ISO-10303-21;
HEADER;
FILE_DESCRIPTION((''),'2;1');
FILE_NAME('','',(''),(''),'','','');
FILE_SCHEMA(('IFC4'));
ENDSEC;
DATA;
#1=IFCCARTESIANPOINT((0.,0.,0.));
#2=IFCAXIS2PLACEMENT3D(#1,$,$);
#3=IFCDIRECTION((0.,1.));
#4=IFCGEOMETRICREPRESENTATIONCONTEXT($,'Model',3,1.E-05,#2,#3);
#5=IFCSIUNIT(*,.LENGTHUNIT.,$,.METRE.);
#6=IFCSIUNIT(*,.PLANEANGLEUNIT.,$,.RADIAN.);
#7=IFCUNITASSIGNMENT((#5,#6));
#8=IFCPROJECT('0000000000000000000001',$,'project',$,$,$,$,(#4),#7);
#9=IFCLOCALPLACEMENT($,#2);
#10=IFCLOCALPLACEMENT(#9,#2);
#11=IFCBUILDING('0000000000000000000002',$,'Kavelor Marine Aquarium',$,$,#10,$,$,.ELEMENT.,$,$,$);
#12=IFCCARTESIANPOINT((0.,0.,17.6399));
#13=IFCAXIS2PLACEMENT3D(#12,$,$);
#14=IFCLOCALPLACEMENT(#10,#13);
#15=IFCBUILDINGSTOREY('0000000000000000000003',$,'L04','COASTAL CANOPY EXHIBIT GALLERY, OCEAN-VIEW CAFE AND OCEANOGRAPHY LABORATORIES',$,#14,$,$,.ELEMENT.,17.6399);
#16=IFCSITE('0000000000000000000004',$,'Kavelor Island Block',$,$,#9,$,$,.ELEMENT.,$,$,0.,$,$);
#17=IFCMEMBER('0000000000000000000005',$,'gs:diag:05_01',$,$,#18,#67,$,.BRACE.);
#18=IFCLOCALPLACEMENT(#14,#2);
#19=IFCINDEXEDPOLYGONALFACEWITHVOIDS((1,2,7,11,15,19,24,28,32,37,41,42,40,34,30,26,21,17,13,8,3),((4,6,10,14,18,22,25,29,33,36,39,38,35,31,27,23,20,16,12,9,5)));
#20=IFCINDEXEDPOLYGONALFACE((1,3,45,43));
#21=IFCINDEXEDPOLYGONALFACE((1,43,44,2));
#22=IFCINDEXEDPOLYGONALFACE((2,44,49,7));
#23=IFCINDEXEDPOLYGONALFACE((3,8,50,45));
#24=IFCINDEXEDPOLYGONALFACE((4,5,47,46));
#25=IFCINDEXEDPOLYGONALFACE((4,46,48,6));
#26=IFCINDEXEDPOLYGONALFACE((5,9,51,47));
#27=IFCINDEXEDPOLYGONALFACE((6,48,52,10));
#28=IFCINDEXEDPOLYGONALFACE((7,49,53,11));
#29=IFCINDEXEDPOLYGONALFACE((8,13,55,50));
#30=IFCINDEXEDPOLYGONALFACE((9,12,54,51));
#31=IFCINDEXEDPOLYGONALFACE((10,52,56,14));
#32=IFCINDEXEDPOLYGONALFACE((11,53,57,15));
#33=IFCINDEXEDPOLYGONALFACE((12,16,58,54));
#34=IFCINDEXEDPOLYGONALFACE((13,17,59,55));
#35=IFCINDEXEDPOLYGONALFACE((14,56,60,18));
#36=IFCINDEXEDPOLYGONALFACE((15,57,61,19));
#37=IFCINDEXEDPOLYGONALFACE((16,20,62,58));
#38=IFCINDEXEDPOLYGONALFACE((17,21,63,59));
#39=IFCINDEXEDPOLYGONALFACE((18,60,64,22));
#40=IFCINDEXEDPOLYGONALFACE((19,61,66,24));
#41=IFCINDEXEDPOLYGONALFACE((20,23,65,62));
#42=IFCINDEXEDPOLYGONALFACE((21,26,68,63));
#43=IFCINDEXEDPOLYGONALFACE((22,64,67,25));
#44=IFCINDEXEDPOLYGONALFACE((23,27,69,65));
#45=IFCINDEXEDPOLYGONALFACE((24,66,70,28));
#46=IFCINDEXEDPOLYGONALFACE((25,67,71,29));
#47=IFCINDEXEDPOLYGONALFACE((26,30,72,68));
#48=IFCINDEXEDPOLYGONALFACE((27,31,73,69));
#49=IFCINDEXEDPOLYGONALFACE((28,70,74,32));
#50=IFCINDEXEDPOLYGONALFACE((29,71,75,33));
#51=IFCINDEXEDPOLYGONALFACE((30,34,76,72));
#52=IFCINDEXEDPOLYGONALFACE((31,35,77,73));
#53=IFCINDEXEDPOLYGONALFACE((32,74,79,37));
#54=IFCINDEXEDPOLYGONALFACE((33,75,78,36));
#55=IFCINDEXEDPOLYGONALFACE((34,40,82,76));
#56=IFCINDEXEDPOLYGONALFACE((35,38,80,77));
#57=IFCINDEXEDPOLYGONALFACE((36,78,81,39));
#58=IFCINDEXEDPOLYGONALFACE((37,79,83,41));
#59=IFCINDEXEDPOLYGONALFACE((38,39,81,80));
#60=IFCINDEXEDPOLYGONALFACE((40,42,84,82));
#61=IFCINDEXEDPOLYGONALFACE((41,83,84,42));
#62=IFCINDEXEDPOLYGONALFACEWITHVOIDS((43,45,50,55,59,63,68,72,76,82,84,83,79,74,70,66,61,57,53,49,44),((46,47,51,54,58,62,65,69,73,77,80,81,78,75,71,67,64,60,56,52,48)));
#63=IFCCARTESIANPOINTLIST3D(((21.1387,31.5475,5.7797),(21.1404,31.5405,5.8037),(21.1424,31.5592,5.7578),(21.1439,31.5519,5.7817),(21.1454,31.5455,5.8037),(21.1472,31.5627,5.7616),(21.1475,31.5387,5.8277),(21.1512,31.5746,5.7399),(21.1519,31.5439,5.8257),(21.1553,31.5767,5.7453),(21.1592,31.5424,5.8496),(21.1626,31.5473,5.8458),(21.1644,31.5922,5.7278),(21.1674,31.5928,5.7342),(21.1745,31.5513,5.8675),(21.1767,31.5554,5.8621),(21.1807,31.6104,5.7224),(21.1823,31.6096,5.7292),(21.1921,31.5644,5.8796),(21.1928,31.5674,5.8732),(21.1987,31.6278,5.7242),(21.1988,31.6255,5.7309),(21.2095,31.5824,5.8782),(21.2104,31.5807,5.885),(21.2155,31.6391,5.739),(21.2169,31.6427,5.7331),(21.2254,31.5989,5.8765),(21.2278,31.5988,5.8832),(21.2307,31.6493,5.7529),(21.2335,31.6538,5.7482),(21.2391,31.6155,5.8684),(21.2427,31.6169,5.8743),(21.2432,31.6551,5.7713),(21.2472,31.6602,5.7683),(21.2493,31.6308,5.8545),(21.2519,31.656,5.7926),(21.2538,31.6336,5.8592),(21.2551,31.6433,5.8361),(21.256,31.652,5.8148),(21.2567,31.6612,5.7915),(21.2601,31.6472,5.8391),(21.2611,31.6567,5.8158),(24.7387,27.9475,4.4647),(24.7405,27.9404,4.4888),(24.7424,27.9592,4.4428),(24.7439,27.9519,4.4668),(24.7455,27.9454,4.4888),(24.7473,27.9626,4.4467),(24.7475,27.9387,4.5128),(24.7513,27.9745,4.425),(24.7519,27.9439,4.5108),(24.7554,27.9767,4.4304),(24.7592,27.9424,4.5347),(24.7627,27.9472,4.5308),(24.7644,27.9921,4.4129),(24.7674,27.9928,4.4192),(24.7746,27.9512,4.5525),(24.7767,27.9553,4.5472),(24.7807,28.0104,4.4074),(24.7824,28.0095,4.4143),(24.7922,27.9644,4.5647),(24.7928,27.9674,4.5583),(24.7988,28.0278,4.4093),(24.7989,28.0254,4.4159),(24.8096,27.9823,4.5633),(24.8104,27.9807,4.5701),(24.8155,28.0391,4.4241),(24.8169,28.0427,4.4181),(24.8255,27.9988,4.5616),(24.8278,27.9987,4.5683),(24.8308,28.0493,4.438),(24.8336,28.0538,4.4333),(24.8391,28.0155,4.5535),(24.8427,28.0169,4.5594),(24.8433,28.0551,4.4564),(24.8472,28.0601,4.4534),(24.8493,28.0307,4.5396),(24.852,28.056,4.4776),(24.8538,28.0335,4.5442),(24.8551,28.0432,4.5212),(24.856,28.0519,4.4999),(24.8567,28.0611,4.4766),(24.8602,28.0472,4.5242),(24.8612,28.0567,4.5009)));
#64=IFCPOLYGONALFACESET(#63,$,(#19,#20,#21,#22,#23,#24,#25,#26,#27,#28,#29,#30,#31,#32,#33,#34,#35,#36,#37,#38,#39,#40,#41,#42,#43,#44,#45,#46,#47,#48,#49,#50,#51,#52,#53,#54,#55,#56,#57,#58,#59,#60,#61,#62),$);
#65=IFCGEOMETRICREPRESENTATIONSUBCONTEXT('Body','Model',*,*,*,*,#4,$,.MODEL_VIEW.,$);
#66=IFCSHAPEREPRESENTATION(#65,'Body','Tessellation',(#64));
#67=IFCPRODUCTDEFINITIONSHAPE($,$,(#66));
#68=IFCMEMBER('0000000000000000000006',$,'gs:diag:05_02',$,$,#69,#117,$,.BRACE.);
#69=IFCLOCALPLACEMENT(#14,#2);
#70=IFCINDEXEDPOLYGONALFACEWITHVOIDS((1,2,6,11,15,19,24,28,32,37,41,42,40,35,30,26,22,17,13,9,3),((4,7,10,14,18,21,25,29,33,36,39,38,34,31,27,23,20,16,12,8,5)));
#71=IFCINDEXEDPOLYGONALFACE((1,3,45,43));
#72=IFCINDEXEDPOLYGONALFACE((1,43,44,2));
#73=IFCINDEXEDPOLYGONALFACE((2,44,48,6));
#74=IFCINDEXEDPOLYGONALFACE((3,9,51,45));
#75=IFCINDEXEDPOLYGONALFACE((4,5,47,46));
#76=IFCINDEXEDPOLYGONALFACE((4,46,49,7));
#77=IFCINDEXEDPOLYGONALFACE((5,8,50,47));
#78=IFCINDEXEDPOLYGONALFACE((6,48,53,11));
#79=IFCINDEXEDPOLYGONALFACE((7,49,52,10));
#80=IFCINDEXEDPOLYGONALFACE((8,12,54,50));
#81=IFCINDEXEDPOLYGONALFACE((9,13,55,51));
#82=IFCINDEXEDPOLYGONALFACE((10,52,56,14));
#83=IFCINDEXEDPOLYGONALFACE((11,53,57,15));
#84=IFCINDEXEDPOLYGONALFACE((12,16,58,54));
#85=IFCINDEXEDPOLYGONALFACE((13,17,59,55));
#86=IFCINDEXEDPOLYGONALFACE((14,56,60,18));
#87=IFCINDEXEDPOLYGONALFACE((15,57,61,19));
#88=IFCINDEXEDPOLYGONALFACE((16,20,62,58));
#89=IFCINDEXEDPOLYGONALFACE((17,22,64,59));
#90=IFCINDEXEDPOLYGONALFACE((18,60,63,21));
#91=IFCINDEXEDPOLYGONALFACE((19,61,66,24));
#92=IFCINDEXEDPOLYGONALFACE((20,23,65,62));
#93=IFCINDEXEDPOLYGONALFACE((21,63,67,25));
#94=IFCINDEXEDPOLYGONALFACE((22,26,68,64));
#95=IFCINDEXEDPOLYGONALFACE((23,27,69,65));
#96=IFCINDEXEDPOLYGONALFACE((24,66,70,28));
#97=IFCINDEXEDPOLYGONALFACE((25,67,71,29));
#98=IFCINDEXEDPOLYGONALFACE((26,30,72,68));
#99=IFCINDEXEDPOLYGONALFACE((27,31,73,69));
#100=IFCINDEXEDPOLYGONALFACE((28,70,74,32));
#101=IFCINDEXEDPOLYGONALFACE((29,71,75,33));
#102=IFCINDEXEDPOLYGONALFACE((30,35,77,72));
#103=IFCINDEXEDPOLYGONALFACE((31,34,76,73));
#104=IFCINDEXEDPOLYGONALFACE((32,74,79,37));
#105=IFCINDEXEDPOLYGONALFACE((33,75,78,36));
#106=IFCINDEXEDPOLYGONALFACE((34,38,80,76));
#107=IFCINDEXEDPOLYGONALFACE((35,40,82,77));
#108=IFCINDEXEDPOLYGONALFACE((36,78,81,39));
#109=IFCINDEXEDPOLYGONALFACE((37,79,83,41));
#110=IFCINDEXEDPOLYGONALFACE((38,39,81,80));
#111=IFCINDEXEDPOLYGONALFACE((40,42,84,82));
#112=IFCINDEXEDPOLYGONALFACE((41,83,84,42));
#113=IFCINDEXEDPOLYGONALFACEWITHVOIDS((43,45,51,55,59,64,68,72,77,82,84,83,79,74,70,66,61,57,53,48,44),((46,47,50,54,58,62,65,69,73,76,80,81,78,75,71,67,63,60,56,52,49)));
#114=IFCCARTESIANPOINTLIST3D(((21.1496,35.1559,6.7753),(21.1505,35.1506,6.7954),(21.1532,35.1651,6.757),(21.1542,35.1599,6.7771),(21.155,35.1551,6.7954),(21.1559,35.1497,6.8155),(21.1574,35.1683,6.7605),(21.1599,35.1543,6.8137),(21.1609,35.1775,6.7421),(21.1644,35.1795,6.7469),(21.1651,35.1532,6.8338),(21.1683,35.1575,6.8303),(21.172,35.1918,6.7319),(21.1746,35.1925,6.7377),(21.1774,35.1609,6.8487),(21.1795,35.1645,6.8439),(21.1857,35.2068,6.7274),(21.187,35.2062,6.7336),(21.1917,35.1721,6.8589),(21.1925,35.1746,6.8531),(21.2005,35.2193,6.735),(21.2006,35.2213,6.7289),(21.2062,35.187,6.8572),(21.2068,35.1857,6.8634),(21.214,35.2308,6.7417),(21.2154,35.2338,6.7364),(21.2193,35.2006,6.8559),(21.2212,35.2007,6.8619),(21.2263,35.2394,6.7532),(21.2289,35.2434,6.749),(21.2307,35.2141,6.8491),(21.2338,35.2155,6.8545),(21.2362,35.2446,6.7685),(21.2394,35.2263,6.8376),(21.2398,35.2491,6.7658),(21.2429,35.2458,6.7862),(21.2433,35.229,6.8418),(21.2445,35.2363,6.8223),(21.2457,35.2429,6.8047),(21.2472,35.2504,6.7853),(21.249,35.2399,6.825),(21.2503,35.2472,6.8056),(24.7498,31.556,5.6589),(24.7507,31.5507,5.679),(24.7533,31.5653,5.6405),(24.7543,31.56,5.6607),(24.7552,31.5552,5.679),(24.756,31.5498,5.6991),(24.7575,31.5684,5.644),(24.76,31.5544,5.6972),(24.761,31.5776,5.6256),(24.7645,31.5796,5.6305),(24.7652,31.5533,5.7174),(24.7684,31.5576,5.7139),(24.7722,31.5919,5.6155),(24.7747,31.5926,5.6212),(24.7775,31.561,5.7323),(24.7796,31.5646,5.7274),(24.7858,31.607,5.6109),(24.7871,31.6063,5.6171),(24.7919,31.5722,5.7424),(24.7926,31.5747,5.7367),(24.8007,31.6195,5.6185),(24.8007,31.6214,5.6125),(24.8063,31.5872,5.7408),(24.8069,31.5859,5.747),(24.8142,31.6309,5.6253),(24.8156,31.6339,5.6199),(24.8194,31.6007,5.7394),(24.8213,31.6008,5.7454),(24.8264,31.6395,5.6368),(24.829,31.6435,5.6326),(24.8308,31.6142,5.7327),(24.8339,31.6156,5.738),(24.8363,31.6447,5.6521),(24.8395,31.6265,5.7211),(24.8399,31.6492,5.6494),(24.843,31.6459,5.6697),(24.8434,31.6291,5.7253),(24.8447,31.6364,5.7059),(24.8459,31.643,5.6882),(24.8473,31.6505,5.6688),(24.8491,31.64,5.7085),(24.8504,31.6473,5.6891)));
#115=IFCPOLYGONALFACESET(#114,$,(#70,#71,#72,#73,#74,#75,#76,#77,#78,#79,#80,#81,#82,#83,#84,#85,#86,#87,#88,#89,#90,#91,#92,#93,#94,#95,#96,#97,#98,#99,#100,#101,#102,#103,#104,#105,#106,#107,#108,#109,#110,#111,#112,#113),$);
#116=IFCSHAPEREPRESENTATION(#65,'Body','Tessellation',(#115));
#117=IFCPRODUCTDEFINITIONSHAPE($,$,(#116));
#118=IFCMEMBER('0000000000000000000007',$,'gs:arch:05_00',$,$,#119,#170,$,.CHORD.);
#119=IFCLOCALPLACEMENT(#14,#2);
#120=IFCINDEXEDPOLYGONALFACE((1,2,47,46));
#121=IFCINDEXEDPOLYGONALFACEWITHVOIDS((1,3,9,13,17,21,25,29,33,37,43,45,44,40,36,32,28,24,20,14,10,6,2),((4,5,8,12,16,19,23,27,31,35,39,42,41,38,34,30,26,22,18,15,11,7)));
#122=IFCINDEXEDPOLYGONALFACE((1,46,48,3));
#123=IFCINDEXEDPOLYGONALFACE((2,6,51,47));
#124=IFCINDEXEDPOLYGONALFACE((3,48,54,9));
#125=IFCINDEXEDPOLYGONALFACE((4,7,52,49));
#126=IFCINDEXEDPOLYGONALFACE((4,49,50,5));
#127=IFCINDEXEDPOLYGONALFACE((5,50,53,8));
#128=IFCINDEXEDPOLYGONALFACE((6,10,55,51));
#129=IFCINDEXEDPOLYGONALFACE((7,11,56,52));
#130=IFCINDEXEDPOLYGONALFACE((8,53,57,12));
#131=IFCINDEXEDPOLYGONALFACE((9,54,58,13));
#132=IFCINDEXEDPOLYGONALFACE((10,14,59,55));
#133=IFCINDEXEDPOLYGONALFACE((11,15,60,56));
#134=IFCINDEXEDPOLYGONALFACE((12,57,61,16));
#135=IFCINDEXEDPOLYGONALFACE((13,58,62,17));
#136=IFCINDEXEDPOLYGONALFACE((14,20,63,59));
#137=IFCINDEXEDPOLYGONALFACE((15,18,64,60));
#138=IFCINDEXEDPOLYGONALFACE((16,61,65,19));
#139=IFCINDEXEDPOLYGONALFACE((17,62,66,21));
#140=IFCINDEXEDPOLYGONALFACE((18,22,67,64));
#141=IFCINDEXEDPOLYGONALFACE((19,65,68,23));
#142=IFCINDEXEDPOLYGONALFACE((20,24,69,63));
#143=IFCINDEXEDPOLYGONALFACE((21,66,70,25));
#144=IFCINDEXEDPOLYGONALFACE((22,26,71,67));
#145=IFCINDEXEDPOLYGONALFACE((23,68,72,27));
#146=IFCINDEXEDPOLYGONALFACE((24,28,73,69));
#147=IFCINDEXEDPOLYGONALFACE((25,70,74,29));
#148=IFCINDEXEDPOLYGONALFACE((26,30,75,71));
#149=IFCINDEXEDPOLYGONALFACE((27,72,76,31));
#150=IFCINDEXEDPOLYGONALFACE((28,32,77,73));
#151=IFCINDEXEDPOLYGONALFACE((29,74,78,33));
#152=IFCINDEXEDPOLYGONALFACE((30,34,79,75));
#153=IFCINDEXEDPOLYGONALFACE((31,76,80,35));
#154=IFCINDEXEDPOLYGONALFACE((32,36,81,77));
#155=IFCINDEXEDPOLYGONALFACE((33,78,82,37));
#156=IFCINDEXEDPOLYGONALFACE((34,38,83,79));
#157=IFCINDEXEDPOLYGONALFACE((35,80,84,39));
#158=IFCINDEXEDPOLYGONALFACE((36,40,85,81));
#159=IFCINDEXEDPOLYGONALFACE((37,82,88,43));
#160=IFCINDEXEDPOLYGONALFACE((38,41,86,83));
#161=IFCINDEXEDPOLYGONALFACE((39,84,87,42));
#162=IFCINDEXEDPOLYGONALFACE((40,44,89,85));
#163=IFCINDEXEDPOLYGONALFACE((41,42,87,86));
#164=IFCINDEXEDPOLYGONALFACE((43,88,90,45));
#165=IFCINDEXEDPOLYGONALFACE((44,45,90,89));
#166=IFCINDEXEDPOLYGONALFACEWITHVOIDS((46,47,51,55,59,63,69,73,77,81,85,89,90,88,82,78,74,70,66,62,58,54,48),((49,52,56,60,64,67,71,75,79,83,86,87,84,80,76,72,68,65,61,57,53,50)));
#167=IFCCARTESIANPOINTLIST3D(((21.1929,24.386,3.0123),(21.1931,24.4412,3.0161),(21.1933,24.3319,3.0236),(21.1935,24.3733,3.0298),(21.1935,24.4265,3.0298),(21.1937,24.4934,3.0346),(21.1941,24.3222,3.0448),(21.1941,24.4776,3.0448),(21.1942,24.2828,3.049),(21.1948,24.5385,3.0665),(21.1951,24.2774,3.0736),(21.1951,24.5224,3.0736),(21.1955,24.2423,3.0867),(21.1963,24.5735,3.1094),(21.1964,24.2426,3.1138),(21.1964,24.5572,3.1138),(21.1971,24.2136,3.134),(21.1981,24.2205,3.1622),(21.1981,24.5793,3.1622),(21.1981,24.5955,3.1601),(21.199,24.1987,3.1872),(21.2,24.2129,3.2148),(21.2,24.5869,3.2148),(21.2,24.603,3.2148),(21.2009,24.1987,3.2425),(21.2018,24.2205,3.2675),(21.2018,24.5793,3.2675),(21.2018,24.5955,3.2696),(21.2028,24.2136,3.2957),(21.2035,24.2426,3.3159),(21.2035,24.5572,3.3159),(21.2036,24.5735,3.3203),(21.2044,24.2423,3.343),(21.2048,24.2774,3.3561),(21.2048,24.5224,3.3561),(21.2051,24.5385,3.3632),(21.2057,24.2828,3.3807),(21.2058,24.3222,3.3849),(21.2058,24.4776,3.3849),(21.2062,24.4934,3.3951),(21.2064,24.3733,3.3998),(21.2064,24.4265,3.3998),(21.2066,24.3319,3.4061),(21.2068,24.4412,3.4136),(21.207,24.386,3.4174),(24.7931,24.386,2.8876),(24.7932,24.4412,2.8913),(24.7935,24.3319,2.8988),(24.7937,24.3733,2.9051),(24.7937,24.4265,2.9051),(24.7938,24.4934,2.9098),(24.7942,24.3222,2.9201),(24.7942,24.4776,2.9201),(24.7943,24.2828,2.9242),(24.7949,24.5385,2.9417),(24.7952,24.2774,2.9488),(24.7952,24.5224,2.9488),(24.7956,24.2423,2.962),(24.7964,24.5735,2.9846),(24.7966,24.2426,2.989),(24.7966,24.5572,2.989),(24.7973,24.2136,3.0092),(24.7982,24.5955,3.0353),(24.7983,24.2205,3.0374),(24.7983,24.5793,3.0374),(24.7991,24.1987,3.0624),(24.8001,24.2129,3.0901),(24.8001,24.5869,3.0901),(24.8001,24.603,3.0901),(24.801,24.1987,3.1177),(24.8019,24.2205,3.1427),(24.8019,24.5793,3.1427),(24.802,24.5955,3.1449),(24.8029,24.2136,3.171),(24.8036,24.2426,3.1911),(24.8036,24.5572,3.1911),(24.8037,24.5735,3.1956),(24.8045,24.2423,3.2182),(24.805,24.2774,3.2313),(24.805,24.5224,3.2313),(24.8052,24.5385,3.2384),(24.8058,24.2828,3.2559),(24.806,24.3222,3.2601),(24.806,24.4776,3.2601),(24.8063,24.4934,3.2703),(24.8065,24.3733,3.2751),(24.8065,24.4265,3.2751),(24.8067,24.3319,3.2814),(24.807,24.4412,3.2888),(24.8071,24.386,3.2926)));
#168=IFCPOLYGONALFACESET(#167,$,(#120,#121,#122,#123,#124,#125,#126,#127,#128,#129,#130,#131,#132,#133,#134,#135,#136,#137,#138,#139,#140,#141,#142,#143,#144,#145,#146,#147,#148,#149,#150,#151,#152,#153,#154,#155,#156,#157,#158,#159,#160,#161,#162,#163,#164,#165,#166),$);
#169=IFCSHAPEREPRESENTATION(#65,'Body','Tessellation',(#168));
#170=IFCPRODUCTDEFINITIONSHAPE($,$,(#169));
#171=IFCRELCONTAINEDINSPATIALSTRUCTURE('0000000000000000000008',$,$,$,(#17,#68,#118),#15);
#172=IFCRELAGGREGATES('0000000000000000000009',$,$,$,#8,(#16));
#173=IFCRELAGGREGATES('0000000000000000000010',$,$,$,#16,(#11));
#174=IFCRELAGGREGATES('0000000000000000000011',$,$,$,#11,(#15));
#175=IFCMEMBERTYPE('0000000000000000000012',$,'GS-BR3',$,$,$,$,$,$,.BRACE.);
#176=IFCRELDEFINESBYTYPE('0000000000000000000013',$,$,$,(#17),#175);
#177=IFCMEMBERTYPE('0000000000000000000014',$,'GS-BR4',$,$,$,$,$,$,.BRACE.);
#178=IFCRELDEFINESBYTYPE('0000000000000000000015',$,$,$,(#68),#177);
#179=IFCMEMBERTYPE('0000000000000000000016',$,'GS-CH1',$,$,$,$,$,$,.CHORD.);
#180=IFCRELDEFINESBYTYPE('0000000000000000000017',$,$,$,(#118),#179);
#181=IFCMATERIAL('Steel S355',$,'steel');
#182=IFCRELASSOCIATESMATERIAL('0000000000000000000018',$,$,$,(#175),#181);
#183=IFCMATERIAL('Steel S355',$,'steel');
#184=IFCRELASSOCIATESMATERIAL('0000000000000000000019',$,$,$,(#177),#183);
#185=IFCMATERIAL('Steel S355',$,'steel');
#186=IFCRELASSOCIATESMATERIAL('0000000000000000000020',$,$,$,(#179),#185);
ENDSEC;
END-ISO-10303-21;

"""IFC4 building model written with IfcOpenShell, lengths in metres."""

from ifc_helpers import new_model, si_unit, direction, frame, origin, origin_2d, place, context, subcontext, project, spatial, hollow_circle, extrude, material, material_profile, profile_set, type_object, element, save


model = new_model("IFC4")

# Units and contexts
model_context = context("Model", 3, precision=1e-05, world=origin(), true_north=direction((0.0, 1.0)))
body_context = subcontext(model_context, "Body", "Model", "MODEL_VIEW")
ifc_project = project(units=[si_unit("LENGTHUNIT", "METRE"), si_unit("PLANEANGLEUNIT", "RADIAN")], contexts=[model_context])

# Site, building, storey
site_placement = place(None, origin())
site = spatial("IfcSite", under=ifc_project, at=site_placement, Name="Kavelor Island Block", CompositionType="ELEMENT", RefElevation=0.0)
building_placement = place(site_placement, origin())
building = spatial("IfcBuilding", under=site, at=building_placement, Name="Kavelor Marine Aquarium", CompositionType="ELEMENT")
storey_placement = place(building_placement, frame((0.0, 0.0, 17.6399)))
storey = spatial("IfcBuildingStorey", under=building, at=storey_placement, Name="L04", Description="COASTAL CANOPY EXHIBIT GALLERY, OCEAN-VIEW CAFE AND OCEANOGRAPHY LABORATORIES", CompositionType="ELEMENT", Elevation=17.6399)

# Members
ifc_material_1 = material(Name="Steel S355", Category="steel")
ifc_material_profile_1 = material_profile(ifc_material_1, hollow_circle(Radius=0.0842, WallThickness=0.0071, at=origin_2d()), Name="CHS 168.3x7.1")
ifc_profile_set_1 = profile_set([ifc_material_profile_1], Name="Steel S355")
member_type_1 = type_object("IfcMemberType", Name="GS-BR3", PredefinedType="BRACE", material=ifc_profile_set_1)
member_1_placement = place(storey_placement, frame((24.8, 28.0, 4.4888), z_axis=(-0.684641, 0.684641, 0.250066), x_axis=(-0.707107, -0.707107, 0.0)))
element("IfcMember", 1, at=member_1_placement, inside=storey, type_object=member_type_1, Name="gs:diag:05_01", PredefinedType="BRACE", context=body_context, shape_type="SweptSolid", body=[
    extrude(hollow_circle(Radius=0.0842, WallThickness=0.0071, at=origin_2d()), origin(), (0.0, 0.0, 1.0), 5.2583),
])
ifc_material_2 = material(Name="Steel S355", Category="steel")
ifc_material_profile_2 = material_profile(ifc_material_2, hollow_circle(Radius=0.0698, WallThickness=0.0063, at=origin_2d()), Name="CHS 139.7x6.3")
ifc_profile_set_2 = profile_set([ifc_material_profile_2], Name="Steel S355")
member_type_2 = type_object("IfcMemberType", Name="GS-BR4", PredefinedType="BRACE", material=ifc_profile_set_2)
member_2_placement = place(storey_placement, frame((24.8, 31.6001, 5.679), z_axis=(-0.690718, 0.690671, 0.214204), x_axis=(-0.707083, -0.707131, 0.0)))
element("IfcMember", 2, at=member_2_placement, inside=storey, type_object=member_type_2, Name="gs:diag:05_02", PredefinedType="BRACE", context=body_context, shape_type="SweptSolid", body=[
    extrude(hollow_circle(Radius=0.0698, WallThickness=0.0063, at=origin_2d()), origin(), (0.0, 0.0, 1.0), 5.2122),
])
ifc_material_3 = material(Name="Steel S355", Category="steel")
ifc_material_profile_3 = material_profile(ifc_material_3, hollow_circle(Radius=0.2031, WallThickness=0.0161, at=origin_2d()), Name="CHS 406.4x16.0")
ifc_profile_set_3 = profile_set([ifc_material_profile_3], Name="Steel S355")
member_type_3 = type_object("IfcMemberType", Name="GS-CH1", PredefinedType="CHORD", material=ifc_profile_set_3)
member_3_placement = place(storey_placement, frame((21.2, 24.3999, 3.2148), z_axis=(0.9994, 0.0, -0.034633), x_axis=(0.0, 1.0, 0.0)))
element("IfcMember", 3, at=member_3_placement, inside=storey, type_object=member_type_3, Name="gs:arch:05_00", PredefinedType="CHORD", context=body_context, shape_type="SweptSolid", body=[
    extrude(hollow_circle(Radius=0.2031, WallThickness=0.0161, at=origin_2d()), origin(), (0.0, 0.0, 1.0), 3.6023),
])

save(model, "model.ifc")
